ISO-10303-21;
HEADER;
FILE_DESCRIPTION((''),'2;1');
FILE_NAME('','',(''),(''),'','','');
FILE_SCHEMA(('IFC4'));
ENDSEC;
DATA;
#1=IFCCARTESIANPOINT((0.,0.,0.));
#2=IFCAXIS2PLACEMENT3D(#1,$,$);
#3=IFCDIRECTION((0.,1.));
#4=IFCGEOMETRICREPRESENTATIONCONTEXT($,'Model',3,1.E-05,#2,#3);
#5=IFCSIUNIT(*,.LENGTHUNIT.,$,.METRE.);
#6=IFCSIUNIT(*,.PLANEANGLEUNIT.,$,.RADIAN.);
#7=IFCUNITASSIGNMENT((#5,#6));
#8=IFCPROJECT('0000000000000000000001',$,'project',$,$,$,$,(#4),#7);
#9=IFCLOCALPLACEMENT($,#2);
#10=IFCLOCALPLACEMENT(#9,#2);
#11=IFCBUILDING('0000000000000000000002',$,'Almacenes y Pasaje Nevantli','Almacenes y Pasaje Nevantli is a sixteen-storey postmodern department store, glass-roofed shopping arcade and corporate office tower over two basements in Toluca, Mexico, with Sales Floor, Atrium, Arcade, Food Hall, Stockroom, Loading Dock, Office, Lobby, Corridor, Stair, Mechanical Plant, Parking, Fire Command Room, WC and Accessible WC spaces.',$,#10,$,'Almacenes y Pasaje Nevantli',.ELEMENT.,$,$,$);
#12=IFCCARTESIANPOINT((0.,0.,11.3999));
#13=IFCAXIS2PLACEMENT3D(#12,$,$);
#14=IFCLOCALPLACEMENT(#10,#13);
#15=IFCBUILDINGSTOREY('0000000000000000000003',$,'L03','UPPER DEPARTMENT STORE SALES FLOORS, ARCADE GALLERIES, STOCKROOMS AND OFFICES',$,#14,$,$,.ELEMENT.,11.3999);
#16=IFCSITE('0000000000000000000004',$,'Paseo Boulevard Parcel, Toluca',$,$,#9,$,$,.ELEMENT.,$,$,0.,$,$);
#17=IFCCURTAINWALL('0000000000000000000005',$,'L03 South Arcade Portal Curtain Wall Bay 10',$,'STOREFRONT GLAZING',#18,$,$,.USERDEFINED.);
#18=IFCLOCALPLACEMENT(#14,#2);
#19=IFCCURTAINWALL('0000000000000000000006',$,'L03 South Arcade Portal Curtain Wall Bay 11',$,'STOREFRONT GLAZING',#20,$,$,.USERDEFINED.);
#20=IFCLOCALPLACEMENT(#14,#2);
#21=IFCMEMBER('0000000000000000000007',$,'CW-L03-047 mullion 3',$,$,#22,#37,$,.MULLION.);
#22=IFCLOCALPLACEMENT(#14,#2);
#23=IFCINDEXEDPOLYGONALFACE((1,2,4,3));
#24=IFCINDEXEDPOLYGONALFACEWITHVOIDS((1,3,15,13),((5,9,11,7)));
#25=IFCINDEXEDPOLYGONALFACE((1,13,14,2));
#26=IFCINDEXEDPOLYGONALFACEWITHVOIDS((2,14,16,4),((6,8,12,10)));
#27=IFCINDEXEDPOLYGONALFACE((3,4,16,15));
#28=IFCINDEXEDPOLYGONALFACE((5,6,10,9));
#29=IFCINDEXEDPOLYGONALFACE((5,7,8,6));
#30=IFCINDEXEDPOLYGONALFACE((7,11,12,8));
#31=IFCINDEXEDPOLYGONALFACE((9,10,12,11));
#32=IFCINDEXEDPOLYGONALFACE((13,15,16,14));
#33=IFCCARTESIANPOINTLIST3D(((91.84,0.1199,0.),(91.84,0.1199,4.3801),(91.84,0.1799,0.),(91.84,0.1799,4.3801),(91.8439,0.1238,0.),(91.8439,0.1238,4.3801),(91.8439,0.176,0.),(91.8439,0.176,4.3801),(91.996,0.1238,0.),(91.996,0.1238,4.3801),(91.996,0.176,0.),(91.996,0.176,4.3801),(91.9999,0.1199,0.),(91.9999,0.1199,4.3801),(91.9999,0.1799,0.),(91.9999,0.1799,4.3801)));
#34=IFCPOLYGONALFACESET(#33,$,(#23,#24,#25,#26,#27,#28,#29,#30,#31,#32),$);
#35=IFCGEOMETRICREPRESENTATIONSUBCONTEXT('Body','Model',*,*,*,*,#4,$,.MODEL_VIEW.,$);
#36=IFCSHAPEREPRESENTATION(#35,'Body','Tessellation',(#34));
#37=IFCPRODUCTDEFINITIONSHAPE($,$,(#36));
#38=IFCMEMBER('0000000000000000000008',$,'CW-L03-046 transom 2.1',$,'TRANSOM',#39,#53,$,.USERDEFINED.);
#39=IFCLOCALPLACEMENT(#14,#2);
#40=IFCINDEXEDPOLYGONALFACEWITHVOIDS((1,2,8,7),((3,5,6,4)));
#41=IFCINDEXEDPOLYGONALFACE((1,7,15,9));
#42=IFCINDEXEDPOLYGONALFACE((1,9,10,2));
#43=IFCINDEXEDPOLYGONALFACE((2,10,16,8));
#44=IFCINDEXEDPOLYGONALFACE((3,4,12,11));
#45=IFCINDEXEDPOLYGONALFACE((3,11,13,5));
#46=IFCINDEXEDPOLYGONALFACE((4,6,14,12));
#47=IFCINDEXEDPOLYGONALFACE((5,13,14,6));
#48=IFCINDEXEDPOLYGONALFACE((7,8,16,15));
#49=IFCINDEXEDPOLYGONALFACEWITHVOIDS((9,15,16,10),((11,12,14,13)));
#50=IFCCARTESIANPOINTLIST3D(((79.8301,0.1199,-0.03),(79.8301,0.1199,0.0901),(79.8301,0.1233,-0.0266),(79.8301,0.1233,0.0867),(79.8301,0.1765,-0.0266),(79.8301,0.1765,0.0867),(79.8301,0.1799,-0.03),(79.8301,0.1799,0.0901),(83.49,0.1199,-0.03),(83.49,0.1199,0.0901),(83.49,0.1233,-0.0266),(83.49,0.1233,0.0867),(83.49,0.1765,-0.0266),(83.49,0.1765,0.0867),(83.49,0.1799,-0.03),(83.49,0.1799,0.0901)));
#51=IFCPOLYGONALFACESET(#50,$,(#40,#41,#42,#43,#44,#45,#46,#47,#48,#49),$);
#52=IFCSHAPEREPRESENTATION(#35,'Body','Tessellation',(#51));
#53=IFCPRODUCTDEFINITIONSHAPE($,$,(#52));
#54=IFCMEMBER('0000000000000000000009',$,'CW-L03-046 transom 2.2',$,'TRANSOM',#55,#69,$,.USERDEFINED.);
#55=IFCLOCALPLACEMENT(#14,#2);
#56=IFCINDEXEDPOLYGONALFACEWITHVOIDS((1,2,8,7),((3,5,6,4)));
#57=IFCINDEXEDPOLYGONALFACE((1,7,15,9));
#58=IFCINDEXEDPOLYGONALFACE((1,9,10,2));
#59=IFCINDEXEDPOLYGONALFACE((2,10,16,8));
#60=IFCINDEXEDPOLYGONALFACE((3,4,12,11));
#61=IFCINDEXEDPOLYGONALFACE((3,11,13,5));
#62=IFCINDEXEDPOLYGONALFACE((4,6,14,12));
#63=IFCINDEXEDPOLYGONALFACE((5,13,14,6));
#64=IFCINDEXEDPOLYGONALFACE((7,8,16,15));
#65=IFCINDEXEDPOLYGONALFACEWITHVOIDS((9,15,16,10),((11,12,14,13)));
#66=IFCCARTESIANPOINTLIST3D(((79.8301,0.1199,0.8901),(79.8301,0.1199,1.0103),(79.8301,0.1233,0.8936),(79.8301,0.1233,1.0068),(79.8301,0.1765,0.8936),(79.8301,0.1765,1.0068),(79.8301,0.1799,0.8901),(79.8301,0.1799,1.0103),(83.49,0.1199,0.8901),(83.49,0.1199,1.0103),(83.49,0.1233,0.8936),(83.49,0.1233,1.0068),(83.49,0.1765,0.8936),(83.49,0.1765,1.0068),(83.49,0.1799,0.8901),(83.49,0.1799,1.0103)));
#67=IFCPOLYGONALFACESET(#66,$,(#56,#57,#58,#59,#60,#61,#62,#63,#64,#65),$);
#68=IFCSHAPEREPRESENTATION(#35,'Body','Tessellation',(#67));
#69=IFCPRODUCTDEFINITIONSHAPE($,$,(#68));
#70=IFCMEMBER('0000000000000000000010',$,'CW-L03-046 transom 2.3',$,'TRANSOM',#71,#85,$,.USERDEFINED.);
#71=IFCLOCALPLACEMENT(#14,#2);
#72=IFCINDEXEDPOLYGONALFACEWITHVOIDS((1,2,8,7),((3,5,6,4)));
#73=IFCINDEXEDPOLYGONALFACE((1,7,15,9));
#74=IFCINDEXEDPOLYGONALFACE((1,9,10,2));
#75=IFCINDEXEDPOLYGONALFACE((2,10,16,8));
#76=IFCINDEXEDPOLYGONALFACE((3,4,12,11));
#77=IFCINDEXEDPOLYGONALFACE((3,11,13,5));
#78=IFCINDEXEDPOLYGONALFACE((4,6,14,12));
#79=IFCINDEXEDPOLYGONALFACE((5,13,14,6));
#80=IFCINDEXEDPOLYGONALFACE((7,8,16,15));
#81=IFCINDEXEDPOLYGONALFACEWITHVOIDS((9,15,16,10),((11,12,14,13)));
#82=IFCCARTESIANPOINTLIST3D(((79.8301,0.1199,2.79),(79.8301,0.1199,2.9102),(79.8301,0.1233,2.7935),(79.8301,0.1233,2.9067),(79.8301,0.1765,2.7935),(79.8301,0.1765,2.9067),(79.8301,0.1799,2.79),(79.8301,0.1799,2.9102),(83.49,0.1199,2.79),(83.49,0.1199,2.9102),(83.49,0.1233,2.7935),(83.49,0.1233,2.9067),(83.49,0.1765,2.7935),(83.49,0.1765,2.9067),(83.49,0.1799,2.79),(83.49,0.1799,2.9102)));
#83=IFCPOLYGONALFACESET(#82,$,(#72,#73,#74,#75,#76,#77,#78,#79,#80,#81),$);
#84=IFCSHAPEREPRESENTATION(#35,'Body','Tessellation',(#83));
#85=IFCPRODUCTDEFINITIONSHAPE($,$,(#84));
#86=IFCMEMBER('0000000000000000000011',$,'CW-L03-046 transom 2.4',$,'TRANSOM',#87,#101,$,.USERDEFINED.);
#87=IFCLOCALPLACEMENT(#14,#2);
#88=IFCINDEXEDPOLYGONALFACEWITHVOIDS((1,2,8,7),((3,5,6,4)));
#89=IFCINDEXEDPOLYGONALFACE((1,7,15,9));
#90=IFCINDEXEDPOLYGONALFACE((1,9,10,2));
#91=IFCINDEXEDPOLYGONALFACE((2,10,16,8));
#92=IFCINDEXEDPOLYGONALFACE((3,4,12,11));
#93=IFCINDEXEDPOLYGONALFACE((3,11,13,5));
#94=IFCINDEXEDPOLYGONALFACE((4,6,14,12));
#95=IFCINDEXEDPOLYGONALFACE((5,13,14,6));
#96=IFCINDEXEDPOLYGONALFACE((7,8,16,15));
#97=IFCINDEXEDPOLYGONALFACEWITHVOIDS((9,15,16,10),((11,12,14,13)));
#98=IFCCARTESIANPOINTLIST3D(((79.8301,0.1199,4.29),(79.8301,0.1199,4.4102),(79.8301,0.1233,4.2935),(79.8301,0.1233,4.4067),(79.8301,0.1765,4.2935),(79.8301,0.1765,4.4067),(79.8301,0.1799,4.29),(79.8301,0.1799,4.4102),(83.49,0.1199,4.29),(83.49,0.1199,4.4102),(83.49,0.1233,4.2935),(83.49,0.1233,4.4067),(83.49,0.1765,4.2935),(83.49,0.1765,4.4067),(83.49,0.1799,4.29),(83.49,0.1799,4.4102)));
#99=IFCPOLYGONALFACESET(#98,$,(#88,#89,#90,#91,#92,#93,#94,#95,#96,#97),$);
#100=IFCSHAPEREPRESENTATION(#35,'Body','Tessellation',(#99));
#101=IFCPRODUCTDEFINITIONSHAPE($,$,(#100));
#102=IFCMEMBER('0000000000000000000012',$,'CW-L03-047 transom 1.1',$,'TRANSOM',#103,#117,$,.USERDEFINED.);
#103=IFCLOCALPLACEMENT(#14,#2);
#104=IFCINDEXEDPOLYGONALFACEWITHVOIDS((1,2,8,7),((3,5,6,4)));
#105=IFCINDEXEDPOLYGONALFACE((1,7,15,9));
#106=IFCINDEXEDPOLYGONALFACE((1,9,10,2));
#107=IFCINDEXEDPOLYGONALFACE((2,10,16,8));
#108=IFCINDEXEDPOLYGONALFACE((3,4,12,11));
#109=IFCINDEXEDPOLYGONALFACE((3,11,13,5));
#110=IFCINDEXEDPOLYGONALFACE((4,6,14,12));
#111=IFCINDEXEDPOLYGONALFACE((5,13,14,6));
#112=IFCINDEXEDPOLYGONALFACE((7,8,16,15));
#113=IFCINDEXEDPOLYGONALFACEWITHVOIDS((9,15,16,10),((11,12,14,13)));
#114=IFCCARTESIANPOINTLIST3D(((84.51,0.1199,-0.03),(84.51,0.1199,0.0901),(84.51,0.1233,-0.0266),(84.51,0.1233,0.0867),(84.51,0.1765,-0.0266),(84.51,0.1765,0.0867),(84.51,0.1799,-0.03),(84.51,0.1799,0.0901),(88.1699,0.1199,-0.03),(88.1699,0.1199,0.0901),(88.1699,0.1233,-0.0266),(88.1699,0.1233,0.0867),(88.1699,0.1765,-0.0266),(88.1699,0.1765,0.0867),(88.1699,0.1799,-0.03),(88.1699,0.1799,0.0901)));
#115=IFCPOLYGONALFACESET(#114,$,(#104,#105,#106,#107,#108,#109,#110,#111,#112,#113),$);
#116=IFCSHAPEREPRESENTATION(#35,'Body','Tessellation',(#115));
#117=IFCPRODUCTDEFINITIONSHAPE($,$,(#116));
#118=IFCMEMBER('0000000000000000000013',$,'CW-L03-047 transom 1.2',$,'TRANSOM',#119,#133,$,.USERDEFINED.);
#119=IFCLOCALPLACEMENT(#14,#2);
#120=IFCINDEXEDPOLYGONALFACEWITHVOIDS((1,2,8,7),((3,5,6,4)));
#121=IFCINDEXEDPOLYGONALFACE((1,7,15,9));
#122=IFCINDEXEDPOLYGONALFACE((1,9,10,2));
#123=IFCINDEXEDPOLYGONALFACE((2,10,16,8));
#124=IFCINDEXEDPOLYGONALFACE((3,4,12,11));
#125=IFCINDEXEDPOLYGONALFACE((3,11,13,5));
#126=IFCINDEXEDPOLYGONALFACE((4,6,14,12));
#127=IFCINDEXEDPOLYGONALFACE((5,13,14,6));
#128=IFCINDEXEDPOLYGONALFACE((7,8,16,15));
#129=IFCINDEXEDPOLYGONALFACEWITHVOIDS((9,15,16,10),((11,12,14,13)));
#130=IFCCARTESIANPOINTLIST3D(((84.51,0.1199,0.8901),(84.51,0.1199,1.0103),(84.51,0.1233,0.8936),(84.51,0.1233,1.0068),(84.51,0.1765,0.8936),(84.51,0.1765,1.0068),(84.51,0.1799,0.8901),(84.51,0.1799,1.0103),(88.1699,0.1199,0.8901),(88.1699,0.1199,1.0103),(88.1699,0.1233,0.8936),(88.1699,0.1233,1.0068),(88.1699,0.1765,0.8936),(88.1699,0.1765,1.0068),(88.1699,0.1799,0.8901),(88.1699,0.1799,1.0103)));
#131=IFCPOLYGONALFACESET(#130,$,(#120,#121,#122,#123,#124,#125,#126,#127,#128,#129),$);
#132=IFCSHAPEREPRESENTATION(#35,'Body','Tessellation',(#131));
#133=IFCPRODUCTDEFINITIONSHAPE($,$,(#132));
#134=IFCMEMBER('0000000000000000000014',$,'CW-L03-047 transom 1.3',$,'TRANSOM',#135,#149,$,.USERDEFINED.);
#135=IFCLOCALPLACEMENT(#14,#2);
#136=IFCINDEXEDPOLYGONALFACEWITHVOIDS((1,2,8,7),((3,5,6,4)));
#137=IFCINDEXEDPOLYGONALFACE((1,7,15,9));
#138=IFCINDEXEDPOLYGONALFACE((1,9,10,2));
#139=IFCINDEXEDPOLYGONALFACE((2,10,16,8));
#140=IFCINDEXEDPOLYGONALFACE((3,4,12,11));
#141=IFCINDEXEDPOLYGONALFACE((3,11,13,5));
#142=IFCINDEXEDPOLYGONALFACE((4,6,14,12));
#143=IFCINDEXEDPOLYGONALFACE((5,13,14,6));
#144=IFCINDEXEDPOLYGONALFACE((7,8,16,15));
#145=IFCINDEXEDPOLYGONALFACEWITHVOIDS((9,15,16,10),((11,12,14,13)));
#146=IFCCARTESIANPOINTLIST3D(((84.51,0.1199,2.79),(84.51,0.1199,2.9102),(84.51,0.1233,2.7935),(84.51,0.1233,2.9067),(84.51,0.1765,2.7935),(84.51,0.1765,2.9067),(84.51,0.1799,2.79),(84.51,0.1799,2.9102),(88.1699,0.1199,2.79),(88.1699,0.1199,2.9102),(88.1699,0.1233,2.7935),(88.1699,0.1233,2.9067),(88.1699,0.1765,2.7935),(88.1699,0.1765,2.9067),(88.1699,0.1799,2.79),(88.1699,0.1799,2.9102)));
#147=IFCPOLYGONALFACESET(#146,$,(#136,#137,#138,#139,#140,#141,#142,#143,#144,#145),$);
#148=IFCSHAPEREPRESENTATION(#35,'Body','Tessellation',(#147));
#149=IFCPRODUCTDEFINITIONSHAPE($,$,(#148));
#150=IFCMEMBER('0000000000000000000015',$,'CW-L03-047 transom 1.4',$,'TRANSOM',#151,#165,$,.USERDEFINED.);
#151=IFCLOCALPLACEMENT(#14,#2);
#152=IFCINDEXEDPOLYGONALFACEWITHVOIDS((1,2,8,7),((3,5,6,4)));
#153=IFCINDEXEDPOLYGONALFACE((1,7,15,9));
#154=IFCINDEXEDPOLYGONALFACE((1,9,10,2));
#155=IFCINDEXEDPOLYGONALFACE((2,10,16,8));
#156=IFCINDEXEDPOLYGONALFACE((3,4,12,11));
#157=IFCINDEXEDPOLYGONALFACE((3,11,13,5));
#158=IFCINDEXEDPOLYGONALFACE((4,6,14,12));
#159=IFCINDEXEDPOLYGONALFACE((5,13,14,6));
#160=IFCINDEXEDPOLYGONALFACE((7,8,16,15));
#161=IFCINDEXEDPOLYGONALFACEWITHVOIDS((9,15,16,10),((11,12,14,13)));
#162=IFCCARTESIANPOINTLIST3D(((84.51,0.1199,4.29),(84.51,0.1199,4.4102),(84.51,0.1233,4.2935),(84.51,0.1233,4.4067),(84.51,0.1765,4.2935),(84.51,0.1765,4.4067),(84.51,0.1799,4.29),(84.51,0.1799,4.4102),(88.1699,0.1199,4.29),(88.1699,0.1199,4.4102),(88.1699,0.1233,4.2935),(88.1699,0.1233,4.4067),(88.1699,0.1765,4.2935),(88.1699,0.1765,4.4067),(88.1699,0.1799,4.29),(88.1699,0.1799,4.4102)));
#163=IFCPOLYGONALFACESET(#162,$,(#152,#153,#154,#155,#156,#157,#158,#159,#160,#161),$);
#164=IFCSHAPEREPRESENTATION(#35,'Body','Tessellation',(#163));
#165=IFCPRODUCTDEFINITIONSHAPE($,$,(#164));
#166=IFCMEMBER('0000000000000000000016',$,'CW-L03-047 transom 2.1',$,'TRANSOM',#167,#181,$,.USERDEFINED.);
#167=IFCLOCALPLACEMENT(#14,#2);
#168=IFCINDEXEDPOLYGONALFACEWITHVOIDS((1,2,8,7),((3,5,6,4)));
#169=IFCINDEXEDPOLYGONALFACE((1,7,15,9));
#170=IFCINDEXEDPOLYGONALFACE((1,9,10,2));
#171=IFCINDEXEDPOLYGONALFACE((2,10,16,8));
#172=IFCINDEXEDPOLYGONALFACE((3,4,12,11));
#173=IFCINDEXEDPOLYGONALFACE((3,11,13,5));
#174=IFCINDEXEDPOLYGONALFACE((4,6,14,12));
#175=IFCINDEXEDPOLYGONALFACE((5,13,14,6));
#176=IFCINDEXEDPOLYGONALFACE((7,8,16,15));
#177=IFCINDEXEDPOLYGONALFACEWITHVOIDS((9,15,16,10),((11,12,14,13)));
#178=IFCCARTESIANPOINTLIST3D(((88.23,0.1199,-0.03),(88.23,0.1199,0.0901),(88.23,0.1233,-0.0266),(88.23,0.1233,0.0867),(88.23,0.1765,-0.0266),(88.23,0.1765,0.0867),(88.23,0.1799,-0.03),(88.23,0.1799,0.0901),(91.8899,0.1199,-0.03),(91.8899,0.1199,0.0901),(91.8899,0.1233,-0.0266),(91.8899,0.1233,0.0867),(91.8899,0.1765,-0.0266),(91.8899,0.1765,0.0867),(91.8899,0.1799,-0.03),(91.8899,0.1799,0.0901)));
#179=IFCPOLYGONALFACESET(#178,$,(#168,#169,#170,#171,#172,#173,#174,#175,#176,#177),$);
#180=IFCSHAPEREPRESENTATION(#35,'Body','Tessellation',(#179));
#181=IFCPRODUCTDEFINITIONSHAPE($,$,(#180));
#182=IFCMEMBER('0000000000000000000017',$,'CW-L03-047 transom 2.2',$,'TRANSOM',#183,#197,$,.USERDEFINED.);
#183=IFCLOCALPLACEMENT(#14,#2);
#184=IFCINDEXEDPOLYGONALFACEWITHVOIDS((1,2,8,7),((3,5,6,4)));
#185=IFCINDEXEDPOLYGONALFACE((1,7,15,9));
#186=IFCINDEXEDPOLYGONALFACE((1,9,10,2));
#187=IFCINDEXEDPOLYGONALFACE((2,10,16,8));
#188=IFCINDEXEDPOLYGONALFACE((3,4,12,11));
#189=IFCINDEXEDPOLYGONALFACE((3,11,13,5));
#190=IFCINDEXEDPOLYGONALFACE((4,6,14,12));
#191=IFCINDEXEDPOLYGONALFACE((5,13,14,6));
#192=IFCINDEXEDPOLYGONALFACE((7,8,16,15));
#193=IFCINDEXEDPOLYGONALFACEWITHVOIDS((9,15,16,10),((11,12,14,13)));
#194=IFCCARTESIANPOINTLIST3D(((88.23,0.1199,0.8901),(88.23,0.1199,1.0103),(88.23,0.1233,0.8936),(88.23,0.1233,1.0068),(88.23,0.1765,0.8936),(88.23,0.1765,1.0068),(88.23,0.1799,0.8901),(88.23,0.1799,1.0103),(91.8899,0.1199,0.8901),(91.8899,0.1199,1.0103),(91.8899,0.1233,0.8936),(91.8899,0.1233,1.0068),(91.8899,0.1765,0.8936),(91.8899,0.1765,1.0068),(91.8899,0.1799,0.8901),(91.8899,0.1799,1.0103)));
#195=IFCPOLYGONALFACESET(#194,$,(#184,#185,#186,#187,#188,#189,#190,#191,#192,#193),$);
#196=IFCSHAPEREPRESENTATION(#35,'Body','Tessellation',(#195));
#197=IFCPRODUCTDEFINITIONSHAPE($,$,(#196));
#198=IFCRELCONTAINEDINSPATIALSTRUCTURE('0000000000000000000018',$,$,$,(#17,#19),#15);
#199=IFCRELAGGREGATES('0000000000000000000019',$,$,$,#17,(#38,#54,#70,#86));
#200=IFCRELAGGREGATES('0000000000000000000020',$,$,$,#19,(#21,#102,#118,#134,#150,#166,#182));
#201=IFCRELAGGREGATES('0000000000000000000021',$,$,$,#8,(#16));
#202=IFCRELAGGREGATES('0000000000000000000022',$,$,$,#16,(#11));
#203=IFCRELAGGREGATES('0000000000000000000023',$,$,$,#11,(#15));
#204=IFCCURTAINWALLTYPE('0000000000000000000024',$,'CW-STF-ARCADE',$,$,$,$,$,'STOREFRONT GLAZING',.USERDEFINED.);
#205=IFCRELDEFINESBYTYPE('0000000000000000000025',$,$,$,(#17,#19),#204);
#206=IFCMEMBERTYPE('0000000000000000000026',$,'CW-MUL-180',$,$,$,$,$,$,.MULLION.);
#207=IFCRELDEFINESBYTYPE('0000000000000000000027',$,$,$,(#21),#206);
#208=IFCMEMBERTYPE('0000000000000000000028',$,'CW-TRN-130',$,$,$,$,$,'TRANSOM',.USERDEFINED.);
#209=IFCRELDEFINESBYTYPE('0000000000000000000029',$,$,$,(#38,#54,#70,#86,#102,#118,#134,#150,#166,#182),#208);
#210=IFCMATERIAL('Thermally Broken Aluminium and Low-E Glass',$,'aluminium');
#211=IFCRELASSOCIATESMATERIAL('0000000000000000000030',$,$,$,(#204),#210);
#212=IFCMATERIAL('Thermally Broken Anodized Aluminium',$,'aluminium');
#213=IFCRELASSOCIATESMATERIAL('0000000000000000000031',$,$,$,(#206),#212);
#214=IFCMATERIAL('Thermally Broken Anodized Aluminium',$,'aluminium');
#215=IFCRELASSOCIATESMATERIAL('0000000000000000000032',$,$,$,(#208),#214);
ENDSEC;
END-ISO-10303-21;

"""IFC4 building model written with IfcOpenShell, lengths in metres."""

from ifc_helpers import new_model, si_unit, direction, frame, origin, origin_2d, place, context, subcontext, project, spatial, hollow_rectangle, extrude, material, material_profile, profile_set, type_object, element, aggregate, save


model = new_model("IFC4")

# Units and contexts
model_context = context("Model", 3, precision=1e-05, world=origin(), true_north=direction((0.0, 1.0)))
body_context = subcontext(model_context, "Body", "Model", "MODEL_VIEW")
ifc_project = project(units=[si_unit("LENGTHUNIT", "METRE"), si_unit("PLANEANGLEUNIT", "RADIAN")], contexts=[model_context])

# Site, building, storey
site_placement = place(None, origin())
site = spatial("IfcSite", under=ifc_project, at=site_placement, Name="Paseo Boulevard Parcel, Toluca", CompositionType="ELEMENT", RefElevation=0.0)
building_placement = place(site_placement, origin())
building = spatial("IfcBuilding", under=site, at=building_placement, Name="Almacenes y Pasaje Nevantli", Description="Almacenes y Pasaje Nevantli is a sixteen-storey postmodern department store, glass-roofed shopping arcade and corporate office tower over two basements in Toluca, Mexico, with Sales Floor, Atrium, Arcade, Food Hall, Stockroom, Loading Dock, Office, Lobby, Corridor, Stair, Mechanical Plant, Parking, Fire Command Room, WC and Accessible WC spaces.", LongName="Almacenes y Pasaje Nevantli", CompositionType="ELEMENT")
storey_placement = place(building_placement, frame((0.0, 0.0, 11.3999)))
storey = spatial("IfcBuildingStorey", under=building, at=storey_placement, Name="L03", Description="UPPER DEPARTMENT STORE SALES FLOORS, ARCADE GALLERIES, STOCKROOMS AND OFFICES", CompositionType="ELEMENT", Elevation=11.3999)

# Curtain walls, member
ifc_material_1 = material(Name="Thermally Broken Aluminium and Low-E Glass", Category="aluminium")
curtain_wall_type = type_object("IfcCurtainWallType", Name="CW-STF-ARCADE", ElementType="STOREFRONT GLAZING", PredefinedType="USERDEFINED", material=ifc_material_1)
curtain_wall_1_placement = place(storey_placement, origin())
curtain_wall_1 = element("IfcCurtainWall", 1, at=curtain_wall_1_placement, inside=storey, type_object=curtain_wall_type, Name="L03 South Arcade Portal Curtain Wall Bay 10", ObjectType="STOREFRONT GLAZING", PredefinedType="USERDEFINED")
ifc_material_2 = material(Name="Thermally Broken Anodized Aluminium", Category="aluminium")
ifc_material_profile_1 = material_profile(ifc_material_2, hollow_rectangle(XDim=0.0601, YDim=0.1599, WallThickness=0.0039, at=origin_2d()), Name="ALU-MUL-60x160")
ifc_profile_set_1 = profile_set([ifc_material_profile_1], Name="Thermally Broken Anodized Aluminium")
member_type_1 = type_object("IfcMemberType", Name="CW-MUL-180", PredefinedType="MULLION", material=ifc_profile_set_1)
curtain_wall_2_placement = place(storey_placement, origin())
curtain_wall_2 = element("IfcCurtainWall", 2, at=curtain_wall_2_placement, inside=storey, type_object=curtain_wall_type, Name="L03 South Arcade Portal Curtain Wall Bay 11", ObjectType="STOREFRONT GLAZING", PredefinedType="USERDEFINED")
member_1_placement = place(storey_placement, frame((91.9199, 0.1499, 0.0), z_axis=(0.0, 0.0, 1.0), x_axis=(0.0, 1.0, 0.0)))
member_1 = element("IfcMember", 3, at=member_1_placement, type_object=member_type_1, Name="CW-L03-047 mullion 3", PredefinedType="MULLION", context=body_context, shape_type="SweptSolid", body=[
    extrude(hollow_rectangle(XDim=0.0601, YDim=0.1599, WallThickness=0.0039, at=origin_2d()), origin(), (0.0, 0.0, 1.0), 4.3801),
])

# Members
ifc_material_3 = material(Name="Thermally Broken Anodized Aluminium", Category="aluminium")
ifc_material_profile_2 = material_profile(ifc_material_3, hollow_rectangle(XDim=0.0601, YDim=0.1201, WallThickness=0.0034, at=origin_2d()), Name="ALU-TRN-60x120")
ifc_profile_set_2 = profile_set([ifc_material_profile_2], Name="Thermally Broken Anodized Aluminium")
member_type_2 = type_object("IfcMemberType", Name="CW-TRN-130", ElementType="TRANSOM", PredefinedType="USERDEFINED", material=ifc_profile_set_2)
member_2_placement = place(storey_placement, frame((79.8301, 0.1499, 0.03), z_axis=(1.0, 0.0, 0.0), x_axis=(0.0, 1.0, 0.0)))
member_2 = element("IfcMember", 4, at=member_2_placement, type_object=member_type_2, Name="CW-L03-046 transom 2.1", ObjectType="TRANSOM", PredefinedType="USERDEFINED", context=body_context, shape_type="SweptSolid", body=[
    extrude(hollow_rectangle(XDim=0.0601, YDim=0.1201, WallThickness=0.0034, at=origin_2d()), origin(), (0.0, 0.0, 1.0), 3.6599),
])
member_3_placement = place(storey_placement, frame((79.8301, 0.1499, 0.9502), z_axis=(1.0, 0.0, 0.0), x_axis=(0.0, 1.0, 0.0)))
member_3 = element("IfcMember", 5, at=member_3_placement, type_object=member_type_2, Name="CW-L03-046 transom 2.2", ObjectType="TRANSOM", PredefinedType="USERDEFINED", context=body_context, shape_type="SweptSolid", body=[
    extrude(hollow_rectangle(XDim=0.0601, YDim=0.1201, WallThickness=0.0034, at=origin_2d()), origin(), (0.0, 0.0, 1.0), 3.6599),
])
member_4_placement = place(storey_placement, frame((79.8301, 0.1499, 2.8501), z_axis=(1.0, 0.0, 0.0), x_axis=(0.0, 1.0, 0.0)))
member_4 = element("IfcMember", 6, at=member_4_placement, type_object=member_type_2, Name="CW-L03-046 transom 2.3", ObjectType="TRANSOM", PredefinedType="USERDEFINED", context=body_context, shape_type="SweptSolid", body=[
    extrude(hollow_rectangle(XDim=0.0601, YDim=0.1201, WallThickness=0.0034, at=origin_2d()), origin(), (0.0, 0.0, 1.0), 3.6599),
])
member_5_placement = place(storey_placement, frame((79.8301, 0.1499, 4.3501), z_axis=(1.0, 0.0, 0.0), x_axis=(0.0, 1.0, 0.0)))
member_5 = element("IfcMember", 7, at=member_5_placement, type_object=member_type_2, Name="CW-L03-046 transom 2.4", ObjectType="TRANSOM", PredefinedType="USERDEFINED", context=body_context, shape_type="SweptSolid", body=[
    extrude(hollow_rectangle(XDim=0.0601, YDim=0.1201, WallThickness=0.0034, at=origin_2d()), origin(), (0.0, 0.0, 1.0), 3.6599),
])
member_6_placement = place(storey_placement, frame((84.51, 0.1499, 0.03), z_axis=(1.0, 0.0, 0.0), x_axis=(0.0, 1.0, 0.0)))
member_6 = element("IfcMember", 8, at=member_6_placement, type_object=member_type_2, Name="CW-L03-047 transom 1.1", ObjectType="TRANSOM", PredefinedType="USERDEFINED", context=body_context, shape_type="SweptSolid", body=[
    extrude(hollow_rectangle(XDim=0.0601, YDim=0.1201, WallThickness=0.0034, at=origin_2d()), origin(), (0.0, 0.0, 1.0), 3.6599),
])
member_7_placement = place(storey_placement, frame((84.51, 0.1499, 0.9502), z_axis=(1.0, 0.0, 0.0), x_axis=(0.0, 1.0, 0.0)))
member_7 = element("IfcMember", 9, at=member_7_placement, type_object=member_type_2, Name="CW-L03-047 transom 1.2", ObjectType="TRANSOM", PredefinedType="USERDEFINED", context=body_context, shape_type="SweptSolid", body=[
    extrude(hollow_rectangle(XDim=0.0601, YDim=0.1201, WallThickness=0.0034, at=origin_2d()), origin(), (0.0, 0.0, 1.0), 3.6599),
])
member_8_placement = place(storey_placement, frame((84.51, 0.1499, 2.8501), z_axis=(1.0, 0.0, 0.0), x_axis=(0.0, 1.0, 0.0)))
member_8 = element("IfcMember", 10, at=member_8_placement, type_object=member_type_2, Name="CW-L03-047 transom 1.3", ObjectType="TRANSOM", PredefinedType="USERDEFINED", context=body_context, shape_type="SweptSolid", body=[
    extrude(hollow_rectangle(XDim=0.0601, YDim=0.1201, WallThickness=0.0034, at=origin_2d()), origin(), (0.0, 0.0, 1.0), 3.6599),
])
member_9_placement = place(storey_placement, frame((84.51, 0.1499, 4.3501), z_axis=(1.0, 0.0, 0.0), x_axis=(0.0, 1.0, 0.0)))
member_9 = element("IfcMember", 11, at=member_9_placement, type_object=member_type_2, Name="CW-L03-047 transom 1.4", ObjectType="TRANSOM", PredefinedType="USERDEFINED", context=body_context, shape_type="SweptSolid", body=[
    extrude(hollow_rectangle(XDim=0.0601, YDim=0.1201, WallThickness=0.0034, at=origin_2d()), origin(), (0.0, 0.0, 1.0), 3.6599),
])
member_10_placement = place(storey_placement, frame((88.23, 0.1499, 0.03), z_axis=(1.0, 0.0, 0.0), x_axis=(0.0, 1.0, 0.0)))
member_10 = element("IfcMember", 12, at=member_10_placement, type_object=member_type_2, Name="CW-L03-047 transom 2.1", ObjectType="TRANSOM", PredefinedType="USERDEFINED", context=body_context, shape_type="SweptSolid", body=[
    extrude(hollow_rectangle(XDim=0.0601, YDim=0.1201, WallThickness=0.0034, at=origin_2d()), origin(), (0.0, 0.0, 1.0), 3.6599),
])
member_11_placement = place(storey_placement, frame((88.23, 0.1499, 0.9502), z_axis=(1.0, 0.0, 0.0), x_axis=(0.0, 1.0, 0.0)))
member_11 = element("IfcMember", 13, at=member_11_placement, type_object=member_type_2, Name="CW-L03-047 transom 2.2", ObjectType="TRANSOM", PredefinedType="USERDEFINED", context=body_context, shape_type="SweptSolid", body=[
    extrude(hollow_rectangle(XDim=0.0601, YDim=0.1201, WallThickness=0.0034, at=origin_2d()), origin(), (0.0, 0.0, 1.0), 3.6599),
])

aggregate(curtain_wall_1, [member_2, member_3, member_4, member_5])
aggregate(curtain_wall_2, [member_1, member_6, member_7, member_8, member_9, member_10, member_11])

save(model, "model.ifc")
